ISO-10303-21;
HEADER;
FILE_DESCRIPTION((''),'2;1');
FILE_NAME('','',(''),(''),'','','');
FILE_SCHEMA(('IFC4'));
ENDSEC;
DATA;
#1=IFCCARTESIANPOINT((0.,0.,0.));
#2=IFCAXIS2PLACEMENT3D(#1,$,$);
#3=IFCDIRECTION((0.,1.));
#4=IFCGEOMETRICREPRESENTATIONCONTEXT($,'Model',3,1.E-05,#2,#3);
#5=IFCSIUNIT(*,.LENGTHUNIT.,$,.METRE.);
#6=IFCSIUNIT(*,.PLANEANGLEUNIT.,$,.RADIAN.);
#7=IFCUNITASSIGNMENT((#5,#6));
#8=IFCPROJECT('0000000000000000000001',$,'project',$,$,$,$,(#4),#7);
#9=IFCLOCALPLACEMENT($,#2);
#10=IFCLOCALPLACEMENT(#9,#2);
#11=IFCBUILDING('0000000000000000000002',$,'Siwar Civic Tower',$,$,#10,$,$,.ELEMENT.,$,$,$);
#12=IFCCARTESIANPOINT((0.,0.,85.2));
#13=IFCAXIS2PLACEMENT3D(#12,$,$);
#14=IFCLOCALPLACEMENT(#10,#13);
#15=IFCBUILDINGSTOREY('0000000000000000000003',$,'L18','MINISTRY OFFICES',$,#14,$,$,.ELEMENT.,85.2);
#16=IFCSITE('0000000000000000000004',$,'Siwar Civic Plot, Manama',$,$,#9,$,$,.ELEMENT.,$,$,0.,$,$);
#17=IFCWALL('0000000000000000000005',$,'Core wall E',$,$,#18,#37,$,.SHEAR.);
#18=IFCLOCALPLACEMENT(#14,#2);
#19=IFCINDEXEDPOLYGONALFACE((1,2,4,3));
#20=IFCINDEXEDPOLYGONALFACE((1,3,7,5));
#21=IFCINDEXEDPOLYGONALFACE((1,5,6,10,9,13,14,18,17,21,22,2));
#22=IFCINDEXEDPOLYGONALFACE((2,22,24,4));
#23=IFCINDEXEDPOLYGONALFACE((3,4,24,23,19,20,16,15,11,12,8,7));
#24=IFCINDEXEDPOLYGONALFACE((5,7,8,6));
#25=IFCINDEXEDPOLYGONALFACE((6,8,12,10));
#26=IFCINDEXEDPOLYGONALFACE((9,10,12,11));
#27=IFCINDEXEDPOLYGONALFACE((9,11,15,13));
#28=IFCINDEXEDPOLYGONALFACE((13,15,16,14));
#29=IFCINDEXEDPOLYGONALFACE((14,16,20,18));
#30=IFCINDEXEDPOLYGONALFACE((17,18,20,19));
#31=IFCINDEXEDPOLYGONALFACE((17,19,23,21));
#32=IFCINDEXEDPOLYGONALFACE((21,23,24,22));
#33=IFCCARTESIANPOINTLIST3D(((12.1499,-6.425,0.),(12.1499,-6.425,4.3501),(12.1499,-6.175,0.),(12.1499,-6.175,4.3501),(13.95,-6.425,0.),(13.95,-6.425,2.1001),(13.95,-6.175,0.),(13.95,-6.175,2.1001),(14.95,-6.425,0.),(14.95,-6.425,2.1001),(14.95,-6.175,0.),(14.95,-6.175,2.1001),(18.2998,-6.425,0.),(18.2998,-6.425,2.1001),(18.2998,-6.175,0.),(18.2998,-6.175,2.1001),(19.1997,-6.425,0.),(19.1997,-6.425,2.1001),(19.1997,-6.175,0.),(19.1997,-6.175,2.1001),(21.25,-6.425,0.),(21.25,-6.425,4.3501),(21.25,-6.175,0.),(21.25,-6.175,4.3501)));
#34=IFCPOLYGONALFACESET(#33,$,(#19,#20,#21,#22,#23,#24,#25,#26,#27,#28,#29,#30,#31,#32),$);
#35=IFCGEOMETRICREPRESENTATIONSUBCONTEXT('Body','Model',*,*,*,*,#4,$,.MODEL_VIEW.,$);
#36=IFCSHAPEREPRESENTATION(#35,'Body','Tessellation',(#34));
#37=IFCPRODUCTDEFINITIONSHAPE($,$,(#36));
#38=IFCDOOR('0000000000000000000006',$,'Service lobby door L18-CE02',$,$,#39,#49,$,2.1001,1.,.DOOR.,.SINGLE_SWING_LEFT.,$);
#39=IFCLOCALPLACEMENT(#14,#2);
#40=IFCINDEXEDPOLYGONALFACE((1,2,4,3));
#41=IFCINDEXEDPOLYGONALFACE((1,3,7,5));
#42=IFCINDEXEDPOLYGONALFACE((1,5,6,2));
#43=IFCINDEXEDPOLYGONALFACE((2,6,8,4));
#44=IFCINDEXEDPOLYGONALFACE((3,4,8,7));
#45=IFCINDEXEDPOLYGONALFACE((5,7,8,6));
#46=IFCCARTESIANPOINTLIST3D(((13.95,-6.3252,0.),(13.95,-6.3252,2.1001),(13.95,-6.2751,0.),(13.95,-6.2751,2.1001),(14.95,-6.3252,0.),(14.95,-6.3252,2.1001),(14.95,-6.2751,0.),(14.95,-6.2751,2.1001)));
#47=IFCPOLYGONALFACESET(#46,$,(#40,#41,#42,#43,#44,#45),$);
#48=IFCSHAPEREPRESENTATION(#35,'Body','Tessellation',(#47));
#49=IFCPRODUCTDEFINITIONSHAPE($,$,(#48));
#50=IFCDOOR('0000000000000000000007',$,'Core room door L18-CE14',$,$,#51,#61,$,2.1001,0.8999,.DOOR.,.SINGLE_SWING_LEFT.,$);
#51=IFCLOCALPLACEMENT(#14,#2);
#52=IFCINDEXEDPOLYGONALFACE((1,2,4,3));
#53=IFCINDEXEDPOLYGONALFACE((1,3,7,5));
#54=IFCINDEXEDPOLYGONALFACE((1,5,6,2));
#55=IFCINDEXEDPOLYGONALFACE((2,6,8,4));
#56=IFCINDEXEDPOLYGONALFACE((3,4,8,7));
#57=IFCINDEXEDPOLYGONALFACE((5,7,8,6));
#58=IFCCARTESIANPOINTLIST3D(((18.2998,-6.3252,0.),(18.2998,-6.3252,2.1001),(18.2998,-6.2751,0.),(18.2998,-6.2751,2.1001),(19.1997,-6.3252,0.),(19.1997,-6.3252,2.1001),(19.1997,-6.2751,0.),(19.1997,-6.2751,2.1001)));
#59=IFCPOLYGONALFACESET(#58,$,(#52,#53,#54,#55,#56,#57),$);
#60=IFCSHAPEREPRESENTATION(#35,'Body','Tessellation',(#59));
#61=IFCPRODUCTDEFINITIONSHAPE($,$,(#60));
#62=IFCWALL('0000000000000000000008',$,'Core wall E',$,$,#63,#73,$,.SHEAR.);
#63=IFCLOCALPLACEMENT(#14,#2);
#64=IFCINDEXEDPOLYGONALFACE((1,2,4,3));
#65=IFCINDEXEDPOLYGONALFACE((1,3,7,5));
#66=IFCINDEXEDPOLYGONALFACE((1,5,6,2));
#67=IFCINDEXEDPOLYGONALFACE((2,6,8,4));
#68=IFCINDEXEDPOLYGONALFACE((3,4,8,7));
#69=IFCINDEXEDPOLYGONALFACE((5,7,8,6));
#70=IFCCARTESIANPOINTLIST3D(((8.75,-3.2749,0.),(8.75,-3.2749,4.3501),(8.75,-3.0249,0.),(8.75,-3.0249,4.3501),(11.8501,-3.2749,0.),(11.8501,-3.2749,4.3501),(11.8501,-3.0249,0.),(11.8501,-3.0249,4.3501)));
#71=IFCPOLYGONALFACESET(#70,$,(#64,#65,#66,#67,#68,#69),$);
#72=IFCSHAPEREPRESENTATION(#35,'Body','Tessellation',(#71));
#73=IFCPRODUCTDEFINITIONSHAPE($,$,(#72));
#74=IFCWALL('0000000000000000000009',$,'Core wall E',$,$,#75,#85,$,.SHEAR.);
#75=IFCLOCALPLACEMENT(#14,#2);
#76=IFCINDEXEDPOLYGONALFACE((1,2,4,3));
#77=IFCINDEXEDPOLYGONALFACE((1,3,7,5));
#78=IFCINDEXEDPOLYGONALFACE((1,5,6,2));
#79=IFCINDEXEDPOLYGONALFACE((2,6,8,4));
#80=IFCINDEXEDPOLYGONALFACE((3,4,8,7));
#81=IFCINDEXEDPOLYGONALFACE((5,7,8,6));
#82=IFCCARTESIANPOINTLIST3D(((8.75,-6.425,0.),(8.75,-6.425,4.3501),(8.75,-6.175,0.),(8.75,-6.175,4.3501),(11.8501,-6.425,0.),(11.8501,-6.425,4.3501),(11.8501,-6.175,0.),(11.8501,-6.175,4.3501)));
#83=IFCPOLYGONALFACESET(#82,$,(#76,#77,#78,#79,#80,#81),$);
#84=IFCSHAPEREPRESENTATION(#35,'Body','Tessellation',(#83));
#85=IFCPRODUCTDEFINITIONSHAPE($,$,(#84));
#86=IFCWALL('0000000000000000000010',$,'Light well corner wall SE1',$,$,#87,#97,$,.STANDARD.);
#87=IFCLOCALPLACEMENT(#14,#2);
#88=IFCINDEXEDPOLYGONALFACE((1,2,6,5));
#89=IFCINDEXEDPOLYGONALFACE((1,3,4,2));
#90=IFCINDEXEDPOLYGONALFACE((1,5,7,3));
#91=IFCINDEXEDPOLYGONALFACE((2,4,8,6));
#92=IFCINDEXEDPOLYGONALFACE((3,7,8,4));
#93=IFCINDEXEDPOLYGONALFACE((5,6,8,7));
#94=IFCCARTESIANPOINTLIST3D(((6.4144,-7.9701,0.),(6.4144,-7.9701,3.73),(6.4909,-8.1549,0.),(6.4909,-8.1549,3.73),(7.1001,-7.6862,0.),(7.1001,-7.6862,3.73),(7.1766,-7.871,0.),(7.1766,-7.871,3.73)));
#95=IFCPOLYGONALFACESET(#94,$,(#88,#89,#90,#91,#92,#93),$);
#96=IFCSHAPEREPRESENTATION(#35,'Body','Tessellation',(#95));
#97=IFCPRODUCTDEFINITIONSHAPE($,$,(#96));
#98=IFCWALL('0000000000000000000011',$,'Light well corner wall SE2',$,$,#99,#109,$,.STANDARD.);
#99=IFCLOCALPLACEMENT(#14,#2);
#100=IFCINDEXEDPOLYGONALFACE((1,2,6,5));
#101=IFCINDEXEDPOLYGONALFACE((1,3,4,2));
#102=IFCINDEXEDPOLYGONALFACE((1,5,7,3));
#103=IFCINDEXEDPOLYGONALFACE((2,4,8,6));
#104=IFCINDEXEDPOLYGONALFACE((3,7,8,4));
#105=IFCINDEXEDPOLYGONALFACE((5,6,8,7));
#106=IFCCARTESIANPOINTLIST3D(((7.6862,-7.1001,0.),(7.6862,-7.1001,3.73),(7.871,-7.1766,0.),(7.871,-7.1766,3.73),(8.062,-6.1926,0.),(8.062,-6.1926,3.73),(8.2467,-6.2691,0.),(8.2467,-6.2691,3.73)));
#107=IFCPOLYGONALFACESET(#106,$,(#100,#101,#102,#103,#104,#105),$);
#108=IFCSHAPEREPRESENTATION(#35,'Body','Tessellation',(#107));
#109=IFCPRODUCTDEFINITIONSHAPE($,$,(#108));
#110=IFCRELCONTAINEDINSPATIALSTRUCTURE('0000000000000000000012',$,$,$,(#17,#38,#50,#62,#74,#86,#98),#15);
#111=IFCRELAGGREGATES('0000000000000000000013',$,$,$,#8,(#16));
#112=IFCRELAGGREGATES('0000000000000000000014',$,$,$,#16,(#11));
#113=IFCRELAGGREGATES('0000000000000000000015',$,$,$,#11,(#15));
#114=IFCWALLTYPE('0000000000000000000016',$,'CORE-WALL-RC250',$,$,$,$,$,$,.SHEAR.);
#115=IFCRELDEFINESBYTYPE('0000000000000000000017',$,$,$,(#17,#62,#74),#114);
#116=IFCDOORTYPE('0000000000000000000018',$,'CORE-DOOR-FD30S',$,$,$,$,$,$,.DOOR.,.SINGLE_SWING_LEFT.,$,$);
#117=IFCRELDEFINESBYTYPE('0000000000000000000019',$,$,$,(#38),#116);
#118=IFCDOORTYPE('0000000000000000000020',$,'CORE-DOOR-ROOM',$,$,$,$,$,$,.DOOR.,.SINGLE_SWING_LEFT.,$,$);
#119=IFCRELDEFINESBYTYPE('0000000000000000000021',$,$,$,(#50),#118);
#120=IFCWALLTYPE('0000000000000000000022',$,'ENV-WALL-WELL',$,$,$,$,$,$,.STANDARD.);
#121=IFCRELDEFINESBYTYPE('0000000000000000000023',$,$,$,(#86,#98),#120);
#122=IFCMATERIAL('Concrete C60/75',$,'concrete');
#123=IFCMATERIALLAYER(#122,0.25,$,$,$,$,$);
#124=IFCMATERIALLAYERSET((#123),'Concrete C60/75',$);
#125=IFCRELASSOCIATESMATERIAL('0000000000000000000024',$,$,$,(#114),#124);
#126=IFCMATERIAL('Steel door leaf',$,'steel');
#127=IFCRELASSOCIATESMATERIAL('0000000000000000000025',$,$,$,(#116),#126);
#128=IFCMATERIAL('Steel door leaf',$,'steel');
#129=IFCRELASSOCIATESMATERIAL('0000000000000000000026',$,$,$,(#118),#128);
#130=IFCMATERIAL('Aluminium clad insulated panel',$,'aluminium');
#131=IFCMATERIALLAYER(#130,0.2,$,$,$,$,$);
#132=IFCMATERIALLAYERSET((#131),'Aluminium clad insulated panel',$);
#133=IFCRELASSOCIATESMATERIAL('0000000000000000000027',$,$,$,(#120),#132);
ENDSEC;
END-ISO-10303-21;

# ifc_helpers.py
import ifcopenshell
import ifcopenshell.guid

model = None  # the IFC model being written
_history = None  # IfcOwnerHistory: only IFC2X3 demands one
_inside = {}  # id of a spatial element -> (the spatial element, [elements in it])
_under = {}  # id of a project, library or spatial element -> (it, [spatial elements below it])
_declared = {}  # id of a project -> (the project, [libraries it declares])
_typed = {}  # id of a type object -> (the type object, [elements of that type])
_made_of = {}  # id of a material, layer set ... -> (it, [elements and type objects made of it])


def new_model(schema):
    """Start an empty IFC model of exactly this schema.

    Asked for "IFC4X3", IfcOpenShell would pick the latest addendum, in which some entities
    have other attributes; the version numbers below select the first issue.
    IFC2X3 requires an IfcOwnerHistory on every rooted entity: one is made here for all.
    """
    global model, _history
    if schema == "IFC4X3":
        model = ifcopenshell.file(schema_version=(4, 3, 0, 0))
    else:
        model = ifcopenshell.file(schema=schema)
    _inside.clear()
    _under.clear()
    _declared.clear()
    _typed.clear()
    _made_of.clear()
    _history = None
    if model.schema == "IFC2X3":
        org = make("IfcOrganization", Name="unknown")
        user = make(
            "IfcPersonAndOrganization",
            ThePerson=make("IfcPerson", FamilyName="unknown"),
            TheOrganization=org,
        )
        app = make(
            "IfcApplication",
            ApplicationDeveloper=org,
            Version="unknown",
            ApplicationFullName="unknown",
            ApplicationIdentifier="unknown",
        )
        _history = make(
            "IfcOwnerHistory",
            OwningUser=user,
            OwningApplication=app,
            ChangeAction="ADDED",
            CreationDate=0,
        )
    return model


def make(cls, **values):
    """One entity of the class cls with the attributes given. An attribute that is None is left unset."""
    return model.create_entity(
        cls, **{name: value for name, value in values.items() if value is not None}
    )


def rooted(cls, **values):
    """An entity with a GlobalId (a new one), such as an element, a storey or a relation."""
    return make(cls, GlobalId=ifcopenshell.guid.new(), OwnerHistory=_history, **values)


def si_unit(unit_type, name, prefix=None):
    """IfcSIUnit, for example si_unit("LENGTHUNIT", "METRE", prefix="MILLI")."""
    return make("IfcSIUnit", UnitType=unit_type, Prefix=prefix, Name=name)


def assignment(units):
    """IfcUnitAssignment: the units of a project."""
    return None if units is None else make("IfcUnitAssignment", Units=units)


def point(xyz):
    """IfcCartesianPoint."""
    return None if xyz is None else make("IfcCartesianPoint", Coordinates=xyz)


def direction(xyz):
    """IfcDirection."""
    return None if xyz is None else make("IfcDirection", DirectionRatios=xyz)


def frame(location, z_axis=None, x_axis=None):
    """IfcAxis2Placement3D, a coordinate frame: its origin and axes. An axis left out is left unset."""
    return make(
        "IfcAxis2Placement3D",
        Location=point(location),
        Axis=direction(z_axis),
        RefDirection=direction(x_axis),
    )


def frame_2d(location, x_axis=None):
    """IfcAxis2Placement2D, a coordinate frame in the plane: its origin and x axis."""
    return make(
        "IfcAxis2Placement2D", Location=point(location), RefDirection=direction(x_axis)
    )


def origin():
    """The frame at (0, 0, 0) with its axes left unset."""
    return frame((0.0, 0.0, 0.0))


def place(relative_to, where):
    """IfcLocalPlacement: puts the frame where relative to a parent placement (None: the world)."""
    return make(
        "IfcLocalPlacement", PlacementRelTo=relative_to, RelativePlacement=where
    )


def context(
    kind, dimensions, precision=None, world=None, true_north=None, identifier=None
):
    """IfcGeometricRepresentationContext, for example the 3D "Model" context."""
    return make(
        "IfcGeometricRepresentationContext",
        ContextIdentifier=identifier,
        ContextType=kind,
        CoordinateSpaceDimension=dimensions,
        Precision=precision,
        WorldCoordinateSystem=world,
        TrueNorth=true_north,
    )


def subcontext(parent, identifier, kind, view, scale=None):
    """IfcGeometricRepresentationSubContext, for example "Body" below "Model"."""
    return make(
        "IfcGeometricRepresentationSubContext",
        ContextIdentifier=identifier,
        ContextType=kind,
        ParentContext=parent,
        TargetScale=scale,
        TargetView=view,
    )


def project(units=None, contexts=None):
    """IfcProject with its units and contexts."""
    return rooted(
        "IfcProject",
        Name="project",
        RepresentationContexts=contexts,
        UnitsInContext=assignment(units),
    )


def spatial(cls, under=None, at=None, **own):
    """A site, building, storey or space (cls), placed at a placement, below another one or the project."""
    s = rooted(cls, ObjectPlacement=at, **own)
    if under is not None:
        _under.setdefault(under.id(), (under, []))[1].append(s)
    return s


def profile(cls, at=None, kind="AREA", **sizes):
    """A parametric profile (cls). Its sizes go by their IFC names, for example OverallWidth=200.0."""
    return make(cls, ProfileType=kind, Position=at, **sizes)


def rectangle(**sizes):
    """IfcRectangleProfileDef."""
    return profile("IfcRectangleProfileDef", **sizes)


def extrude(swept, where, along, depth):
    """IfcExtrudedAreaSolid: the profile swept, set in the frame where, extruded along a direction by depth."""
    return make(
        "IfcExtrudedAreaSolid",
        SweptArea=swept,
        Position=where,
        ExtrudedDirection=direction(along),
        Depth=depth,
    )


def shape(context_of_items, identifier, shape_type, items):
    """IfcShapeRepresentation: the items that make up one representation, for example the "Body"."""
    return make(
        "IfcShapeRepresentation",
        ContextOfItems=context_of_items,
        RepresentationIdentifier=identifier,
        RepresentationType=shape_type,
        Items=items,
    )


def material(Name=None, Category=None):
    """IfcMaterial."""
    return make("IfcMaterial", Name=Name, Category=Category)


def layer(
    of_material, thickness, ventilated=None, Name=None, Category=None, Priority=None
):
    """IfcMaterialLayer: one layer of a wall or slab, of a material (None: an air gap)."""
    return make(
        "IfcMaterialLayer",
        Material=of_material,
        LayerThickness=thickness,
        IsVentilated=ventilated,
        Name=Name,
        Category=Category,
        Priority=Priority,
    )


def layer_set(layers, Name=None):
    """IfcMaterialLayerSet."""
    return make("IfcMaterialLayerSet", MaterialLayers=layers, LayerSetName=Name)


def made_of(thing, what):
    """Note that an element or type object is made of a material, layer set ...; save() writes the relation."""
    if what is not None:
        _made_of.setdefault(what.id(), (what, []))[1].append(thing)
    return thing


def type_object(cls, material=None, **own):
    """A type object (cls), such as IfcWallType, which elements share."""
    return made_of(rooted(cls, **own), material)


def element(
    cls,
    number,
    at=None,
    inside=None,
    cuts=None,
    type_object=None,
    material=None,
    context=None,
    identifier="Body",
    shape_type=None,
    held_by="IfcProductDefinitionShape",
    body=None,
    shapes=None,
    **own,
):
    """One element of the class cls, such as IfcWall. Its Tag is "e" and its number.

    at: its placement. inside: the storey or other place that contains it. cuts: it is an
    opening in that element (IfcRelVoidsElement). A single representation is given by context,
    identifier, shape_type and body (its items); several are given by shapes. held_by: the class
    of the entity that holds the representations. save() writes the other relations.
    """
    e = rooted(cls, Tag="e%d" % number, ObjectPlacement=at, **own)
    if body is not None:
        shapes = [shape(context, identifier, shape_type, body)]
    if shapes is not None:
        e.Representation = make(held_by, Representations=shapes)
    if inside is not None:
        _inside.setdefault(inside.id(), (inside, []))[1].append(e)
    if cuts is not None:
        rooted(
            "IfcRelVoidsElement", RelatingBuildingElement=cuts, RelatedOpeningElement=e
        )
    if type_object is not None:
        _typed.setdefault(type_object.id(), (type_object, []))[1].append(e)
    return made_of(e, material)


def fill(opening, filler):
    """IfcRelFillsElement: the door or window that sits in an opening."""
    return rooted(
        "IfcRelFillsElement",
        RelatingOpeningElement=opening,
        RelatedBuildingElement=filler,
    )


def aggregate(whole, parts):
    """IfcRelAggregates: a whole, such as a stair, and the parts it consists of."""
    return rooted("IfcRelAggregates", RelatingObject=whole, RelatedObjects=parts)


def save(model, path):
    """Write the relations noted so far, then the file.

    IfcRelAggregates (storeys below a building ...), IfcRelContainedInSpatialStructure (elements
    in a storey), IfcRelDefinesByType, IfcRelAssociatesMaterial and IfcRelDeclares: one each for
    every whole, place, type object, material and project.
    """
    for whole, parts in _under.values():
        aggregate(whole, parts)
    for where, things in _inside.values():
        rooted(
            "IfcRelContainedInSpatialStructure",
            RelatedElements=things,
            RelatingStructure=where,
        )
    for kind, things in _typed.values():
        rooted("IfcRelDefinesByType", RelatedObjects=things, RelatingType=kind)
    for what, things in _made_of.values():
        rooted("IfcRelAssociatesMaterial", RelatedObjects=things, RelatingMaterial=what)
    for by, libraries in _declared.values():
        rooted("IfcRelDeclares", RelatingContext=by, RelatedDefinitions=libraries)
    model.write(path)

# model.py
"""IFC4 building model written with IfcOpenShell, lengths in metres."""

from ifc_helpers import new_model, si_unit, direction, frame, frame_2d, origin, place, context, subcontext, project, spatial, rectangle, extrude, material, layer, layer_set, type_object, element, fill, save


model = new_model("IFC4")

# Units and contexts
model_context = context("Model", 3, precision=1e-05, world=origin(), true_north=direction((0.0, 1.0)))
body_context = subcontext(model_context, "Body", "Model", "MODEL_VIEW")
ifc_project = project(units=[si_unit("LENGTHUNIT", "METRE"), si_unit("PLANEANGLEUNIT", "RADIAN")], contexts=[model_context])

# Site, building, storey
site_placement = place(None, origin())
site = spatial("IfcSite", under=ifc_project, at=site_placement, Name="Siwar Civic Plot, Manama", CompositionType="ELEMENT", RefElevation=0.0)
building_placement = place(site_placement, origin())
building = spatial("IfcBuilding", under=site, at=building_placement, Name="Siwar Civic Tower", CompositionType="ELEMENT")
storey_placement = place(building_placement, frame((0.0, 0.0, 85.2)))
storey = spatial("IfcBuildingStorey", under=building, at=storey_placement, Name="L18", Description="MINISTRY OFFICES", CompositionType="ELEMENT", Elevation=85.2)

# Wall, openings, doors
ifc_material_1 = material(Name="Concrete C60/75", Category="concrete")
ifc_layer_1 = layer(ifc_material_1, 0.25)
ifc_layer_set_1 = layer_set([ifc_layer_1], Name="Concrete C60/75")
wall_type_1 = type_object("IfcWallType", Name="CORE-WALL-RC250", PredefinedType="SHEAR", material=ifc_layer_set_1)
wall_1_placement = place(storey_placement, frame((12.1499, -6.3, 0.0), z_axis=(0.0, 0.0, 1.0), x_axis=(1.0, 0.0, 0.0)))
wall_1 = element("IfcWall", 1, at=wall_1_placement, inside=storey, type_object=wall_type_1, Name="Core wall E", PredefinedType="SHEAR", context=body_context, shape_type="SweptSolid", body=[
    extrude(rectangle(XDim=9.1001, YDim=0.25, at=frame_2d((4.55, 0.0))), origin(), (0.0, 0.0, 1.0), 4.3501),
])
opening_1_placement = place(wall_1_placement, frame((1.8, 0.0, 0.0)))
opening_1 = element("IfcOpeningElement", 2, at=opening_1_placement, cuts=wall_1, PredefinedType="OPENING", context=body_context, shape_type="SweptSolid", body=[
    extrude(rectangle(XDim=1.0, YDim=2.1001, at=frame_2d((0.5, 1.05))), frame((0.0, 0.135, 0.0), z_axis=(0.0, -1.0, 0.0), x_axis=(1.0, 0.0, 0.0)), (0.0, 0.0, 1.0), 0.27),
])
opening_2_placement = place(wall_1_placement, frame((6.1499, 0.0, 0.0)))
opening_2 = element("IfcOpeningElement", 3, at=opening_2_placement, cuts=wall_1, PredefinedType="OPENING", context=body_context, shape_type="SweptSolid", body=[
    extrude(rectangle(XDim=0.8999, YDim=2.1001, at=frame_2d((0.45, 1.05))), frame((0.0, 0.135, 0.0), z_axis=(0.0, -1.0, 0.0), x_axis=(1.0, 0.0, 0.0)), (0.0, 0.0, 1.0), 0.27),
])
ifc_material_2 = material(Name="Steel door leaf", Category="steel")
door_type_1 = type_object("IfcDoorType", Name="CORE-DOOR-FD30S", OperationType="SINGLE_SWING_LEFT", PredefinedType="DOOR", material=ifc_material_2)
door_1_placement = place(opening_1_placement, origin())
door_1 = element("IfcDoor", 4, at=door_1_placement, inside=storey, type_object=door_type_1, Name="Service lobby door L18-CE02", OperationType="SINGLE_SWING_LEFT", OverallHeight=2.1001, OverallWidth=1.0, PredefinedType="DOOR", context=body_context, shape_type="SweptSolid", body=[
    extrude(rectangle(XDim=1.0, YDim=2.1001, at=frame_2d((0.5, 1.05))), frame((0.0, 0.0249, 0.0), z_axis=(0.0, -1.0, 0.0), x_axis=(1.0, 0.0, 0.0)), (0.0, 0.0, 1.0), 0.05),
])
fill(opening_1, door_1)
ifc_material_3 = material(Name="Steel door leaf", Category="steel")
door_type_2 = type_object("IfcDoorType", Name="CORE-DOOR-ROOM", OperationType="SINGLE_SWING_LEFT", PredefinedType="DOOR", material=ifc_material_3)
door_2_placement = place(opening_2_placement, origin())
door_2 = element("IfcDoor", 5, at=door_2_placement, inside=storey, type_object=door_type_2, Name="Core room door L18-CE14", OperationType="SINGLE_SWING_LEFT", OverallHeight=2.1001, OverallWidth=0.8999, PredefinedType="DOOR", context=body_context, shape_type="SweptSolid", body=[
    extrude(rectangle(XDim=0.8999, YDim=2.1001, at=frame_2d((0.45, 1.05))), frame((0.0, 0.0249, 0.0), z_axis=(0.0, -1.0, 0.0), x_axis=(1.0, 0.0, 0.0)), (0.0, 0.0, 1.0), 0.05),
])
fill(opening_2, door_2)

# Walls
for number, where, z_axis, x_axis, name in (
    (6, (8.75, -3.1499, 0.0), (0.0, 0.0, 1.0), (1.0, 0.0, 0.0), "Core wall E"),
    (7, (8.75, -6.3, 0.0), (0.0, 0.0, 1.0), (1.0, 0.0, 0.0), "Core wall E"),
):
    element("IfcWall", number, at=place(storey_placement, frame(where, z_axis=z_axis, x_axis=x_axis)), inside=storey, type_object=wall_type_1, Name=name, PredefinedType="SHEAR", context=body_context, shape_type="SweptSolid", body=[
        extrude(rectangle(XDim=3.1001, YDim=0.25, at=frame_2d((1.55, 0.0))), origin(), (0.0, 0.0, 1.0), 4.3501),
    ])
ifc_material_4 = material(Name="Aluminium clad insulated panel", Category="aluminium")
ifc_layer_2 = layer(ifc_material_4, 0.2)
ifc_layer_set_2 = layer_set([ifc_layer_2], Name="Aluminium clad insulated panel")
wall_type_2 = type_object("IfcWallType", Name="ENV-WALL-WELL", PredefinedType="STANDARD", material=ifc_layer_set_2)
wall_2_placement = place(storey_placement, frame((6.4526, -8.0625, 0.0), z_axis=(0.0, 0.0, 1.0), x_axis=(0.923941, 0.382536, 0.0)))
element("IfcWall", 8, at=wall_2_placement, inside=storey, type_object=wall_type_2, Name="Light well corner wall SE1", PredefinedType="STANDARD", context=body_context, shape_type="SweptSolid", body=[
    extrude(rectangle(XDim=0.7422, YDim=0.2, at=frame_2d((0.3711, 0.0))), origin(), (0.0, 0.0, 1.0), 3.73),
])
wall_3_placement = place(storey_placement, frame((7.7786, -7.1384, 0.0), z_axis=(0.0, 0.0, 1.0), x_axis=(0.382549, 0.923935, 0.0)))
element("IfcWall", 9, at=wall_3_placement, inside=storey, type_object=wall_type_2, Name="Light well corner wall SE2", PredefinedType="STANDARD", context=body_context, shape_type="SweptSolid", body=[
    extrude(rectangle(XDim=0.9822, YDim=0.2, at=frame_2d((0.4912, 0.0))), origin(), (0.0, 0.0, 1.0), 3.73),
])

save(model, "model.ifc")
